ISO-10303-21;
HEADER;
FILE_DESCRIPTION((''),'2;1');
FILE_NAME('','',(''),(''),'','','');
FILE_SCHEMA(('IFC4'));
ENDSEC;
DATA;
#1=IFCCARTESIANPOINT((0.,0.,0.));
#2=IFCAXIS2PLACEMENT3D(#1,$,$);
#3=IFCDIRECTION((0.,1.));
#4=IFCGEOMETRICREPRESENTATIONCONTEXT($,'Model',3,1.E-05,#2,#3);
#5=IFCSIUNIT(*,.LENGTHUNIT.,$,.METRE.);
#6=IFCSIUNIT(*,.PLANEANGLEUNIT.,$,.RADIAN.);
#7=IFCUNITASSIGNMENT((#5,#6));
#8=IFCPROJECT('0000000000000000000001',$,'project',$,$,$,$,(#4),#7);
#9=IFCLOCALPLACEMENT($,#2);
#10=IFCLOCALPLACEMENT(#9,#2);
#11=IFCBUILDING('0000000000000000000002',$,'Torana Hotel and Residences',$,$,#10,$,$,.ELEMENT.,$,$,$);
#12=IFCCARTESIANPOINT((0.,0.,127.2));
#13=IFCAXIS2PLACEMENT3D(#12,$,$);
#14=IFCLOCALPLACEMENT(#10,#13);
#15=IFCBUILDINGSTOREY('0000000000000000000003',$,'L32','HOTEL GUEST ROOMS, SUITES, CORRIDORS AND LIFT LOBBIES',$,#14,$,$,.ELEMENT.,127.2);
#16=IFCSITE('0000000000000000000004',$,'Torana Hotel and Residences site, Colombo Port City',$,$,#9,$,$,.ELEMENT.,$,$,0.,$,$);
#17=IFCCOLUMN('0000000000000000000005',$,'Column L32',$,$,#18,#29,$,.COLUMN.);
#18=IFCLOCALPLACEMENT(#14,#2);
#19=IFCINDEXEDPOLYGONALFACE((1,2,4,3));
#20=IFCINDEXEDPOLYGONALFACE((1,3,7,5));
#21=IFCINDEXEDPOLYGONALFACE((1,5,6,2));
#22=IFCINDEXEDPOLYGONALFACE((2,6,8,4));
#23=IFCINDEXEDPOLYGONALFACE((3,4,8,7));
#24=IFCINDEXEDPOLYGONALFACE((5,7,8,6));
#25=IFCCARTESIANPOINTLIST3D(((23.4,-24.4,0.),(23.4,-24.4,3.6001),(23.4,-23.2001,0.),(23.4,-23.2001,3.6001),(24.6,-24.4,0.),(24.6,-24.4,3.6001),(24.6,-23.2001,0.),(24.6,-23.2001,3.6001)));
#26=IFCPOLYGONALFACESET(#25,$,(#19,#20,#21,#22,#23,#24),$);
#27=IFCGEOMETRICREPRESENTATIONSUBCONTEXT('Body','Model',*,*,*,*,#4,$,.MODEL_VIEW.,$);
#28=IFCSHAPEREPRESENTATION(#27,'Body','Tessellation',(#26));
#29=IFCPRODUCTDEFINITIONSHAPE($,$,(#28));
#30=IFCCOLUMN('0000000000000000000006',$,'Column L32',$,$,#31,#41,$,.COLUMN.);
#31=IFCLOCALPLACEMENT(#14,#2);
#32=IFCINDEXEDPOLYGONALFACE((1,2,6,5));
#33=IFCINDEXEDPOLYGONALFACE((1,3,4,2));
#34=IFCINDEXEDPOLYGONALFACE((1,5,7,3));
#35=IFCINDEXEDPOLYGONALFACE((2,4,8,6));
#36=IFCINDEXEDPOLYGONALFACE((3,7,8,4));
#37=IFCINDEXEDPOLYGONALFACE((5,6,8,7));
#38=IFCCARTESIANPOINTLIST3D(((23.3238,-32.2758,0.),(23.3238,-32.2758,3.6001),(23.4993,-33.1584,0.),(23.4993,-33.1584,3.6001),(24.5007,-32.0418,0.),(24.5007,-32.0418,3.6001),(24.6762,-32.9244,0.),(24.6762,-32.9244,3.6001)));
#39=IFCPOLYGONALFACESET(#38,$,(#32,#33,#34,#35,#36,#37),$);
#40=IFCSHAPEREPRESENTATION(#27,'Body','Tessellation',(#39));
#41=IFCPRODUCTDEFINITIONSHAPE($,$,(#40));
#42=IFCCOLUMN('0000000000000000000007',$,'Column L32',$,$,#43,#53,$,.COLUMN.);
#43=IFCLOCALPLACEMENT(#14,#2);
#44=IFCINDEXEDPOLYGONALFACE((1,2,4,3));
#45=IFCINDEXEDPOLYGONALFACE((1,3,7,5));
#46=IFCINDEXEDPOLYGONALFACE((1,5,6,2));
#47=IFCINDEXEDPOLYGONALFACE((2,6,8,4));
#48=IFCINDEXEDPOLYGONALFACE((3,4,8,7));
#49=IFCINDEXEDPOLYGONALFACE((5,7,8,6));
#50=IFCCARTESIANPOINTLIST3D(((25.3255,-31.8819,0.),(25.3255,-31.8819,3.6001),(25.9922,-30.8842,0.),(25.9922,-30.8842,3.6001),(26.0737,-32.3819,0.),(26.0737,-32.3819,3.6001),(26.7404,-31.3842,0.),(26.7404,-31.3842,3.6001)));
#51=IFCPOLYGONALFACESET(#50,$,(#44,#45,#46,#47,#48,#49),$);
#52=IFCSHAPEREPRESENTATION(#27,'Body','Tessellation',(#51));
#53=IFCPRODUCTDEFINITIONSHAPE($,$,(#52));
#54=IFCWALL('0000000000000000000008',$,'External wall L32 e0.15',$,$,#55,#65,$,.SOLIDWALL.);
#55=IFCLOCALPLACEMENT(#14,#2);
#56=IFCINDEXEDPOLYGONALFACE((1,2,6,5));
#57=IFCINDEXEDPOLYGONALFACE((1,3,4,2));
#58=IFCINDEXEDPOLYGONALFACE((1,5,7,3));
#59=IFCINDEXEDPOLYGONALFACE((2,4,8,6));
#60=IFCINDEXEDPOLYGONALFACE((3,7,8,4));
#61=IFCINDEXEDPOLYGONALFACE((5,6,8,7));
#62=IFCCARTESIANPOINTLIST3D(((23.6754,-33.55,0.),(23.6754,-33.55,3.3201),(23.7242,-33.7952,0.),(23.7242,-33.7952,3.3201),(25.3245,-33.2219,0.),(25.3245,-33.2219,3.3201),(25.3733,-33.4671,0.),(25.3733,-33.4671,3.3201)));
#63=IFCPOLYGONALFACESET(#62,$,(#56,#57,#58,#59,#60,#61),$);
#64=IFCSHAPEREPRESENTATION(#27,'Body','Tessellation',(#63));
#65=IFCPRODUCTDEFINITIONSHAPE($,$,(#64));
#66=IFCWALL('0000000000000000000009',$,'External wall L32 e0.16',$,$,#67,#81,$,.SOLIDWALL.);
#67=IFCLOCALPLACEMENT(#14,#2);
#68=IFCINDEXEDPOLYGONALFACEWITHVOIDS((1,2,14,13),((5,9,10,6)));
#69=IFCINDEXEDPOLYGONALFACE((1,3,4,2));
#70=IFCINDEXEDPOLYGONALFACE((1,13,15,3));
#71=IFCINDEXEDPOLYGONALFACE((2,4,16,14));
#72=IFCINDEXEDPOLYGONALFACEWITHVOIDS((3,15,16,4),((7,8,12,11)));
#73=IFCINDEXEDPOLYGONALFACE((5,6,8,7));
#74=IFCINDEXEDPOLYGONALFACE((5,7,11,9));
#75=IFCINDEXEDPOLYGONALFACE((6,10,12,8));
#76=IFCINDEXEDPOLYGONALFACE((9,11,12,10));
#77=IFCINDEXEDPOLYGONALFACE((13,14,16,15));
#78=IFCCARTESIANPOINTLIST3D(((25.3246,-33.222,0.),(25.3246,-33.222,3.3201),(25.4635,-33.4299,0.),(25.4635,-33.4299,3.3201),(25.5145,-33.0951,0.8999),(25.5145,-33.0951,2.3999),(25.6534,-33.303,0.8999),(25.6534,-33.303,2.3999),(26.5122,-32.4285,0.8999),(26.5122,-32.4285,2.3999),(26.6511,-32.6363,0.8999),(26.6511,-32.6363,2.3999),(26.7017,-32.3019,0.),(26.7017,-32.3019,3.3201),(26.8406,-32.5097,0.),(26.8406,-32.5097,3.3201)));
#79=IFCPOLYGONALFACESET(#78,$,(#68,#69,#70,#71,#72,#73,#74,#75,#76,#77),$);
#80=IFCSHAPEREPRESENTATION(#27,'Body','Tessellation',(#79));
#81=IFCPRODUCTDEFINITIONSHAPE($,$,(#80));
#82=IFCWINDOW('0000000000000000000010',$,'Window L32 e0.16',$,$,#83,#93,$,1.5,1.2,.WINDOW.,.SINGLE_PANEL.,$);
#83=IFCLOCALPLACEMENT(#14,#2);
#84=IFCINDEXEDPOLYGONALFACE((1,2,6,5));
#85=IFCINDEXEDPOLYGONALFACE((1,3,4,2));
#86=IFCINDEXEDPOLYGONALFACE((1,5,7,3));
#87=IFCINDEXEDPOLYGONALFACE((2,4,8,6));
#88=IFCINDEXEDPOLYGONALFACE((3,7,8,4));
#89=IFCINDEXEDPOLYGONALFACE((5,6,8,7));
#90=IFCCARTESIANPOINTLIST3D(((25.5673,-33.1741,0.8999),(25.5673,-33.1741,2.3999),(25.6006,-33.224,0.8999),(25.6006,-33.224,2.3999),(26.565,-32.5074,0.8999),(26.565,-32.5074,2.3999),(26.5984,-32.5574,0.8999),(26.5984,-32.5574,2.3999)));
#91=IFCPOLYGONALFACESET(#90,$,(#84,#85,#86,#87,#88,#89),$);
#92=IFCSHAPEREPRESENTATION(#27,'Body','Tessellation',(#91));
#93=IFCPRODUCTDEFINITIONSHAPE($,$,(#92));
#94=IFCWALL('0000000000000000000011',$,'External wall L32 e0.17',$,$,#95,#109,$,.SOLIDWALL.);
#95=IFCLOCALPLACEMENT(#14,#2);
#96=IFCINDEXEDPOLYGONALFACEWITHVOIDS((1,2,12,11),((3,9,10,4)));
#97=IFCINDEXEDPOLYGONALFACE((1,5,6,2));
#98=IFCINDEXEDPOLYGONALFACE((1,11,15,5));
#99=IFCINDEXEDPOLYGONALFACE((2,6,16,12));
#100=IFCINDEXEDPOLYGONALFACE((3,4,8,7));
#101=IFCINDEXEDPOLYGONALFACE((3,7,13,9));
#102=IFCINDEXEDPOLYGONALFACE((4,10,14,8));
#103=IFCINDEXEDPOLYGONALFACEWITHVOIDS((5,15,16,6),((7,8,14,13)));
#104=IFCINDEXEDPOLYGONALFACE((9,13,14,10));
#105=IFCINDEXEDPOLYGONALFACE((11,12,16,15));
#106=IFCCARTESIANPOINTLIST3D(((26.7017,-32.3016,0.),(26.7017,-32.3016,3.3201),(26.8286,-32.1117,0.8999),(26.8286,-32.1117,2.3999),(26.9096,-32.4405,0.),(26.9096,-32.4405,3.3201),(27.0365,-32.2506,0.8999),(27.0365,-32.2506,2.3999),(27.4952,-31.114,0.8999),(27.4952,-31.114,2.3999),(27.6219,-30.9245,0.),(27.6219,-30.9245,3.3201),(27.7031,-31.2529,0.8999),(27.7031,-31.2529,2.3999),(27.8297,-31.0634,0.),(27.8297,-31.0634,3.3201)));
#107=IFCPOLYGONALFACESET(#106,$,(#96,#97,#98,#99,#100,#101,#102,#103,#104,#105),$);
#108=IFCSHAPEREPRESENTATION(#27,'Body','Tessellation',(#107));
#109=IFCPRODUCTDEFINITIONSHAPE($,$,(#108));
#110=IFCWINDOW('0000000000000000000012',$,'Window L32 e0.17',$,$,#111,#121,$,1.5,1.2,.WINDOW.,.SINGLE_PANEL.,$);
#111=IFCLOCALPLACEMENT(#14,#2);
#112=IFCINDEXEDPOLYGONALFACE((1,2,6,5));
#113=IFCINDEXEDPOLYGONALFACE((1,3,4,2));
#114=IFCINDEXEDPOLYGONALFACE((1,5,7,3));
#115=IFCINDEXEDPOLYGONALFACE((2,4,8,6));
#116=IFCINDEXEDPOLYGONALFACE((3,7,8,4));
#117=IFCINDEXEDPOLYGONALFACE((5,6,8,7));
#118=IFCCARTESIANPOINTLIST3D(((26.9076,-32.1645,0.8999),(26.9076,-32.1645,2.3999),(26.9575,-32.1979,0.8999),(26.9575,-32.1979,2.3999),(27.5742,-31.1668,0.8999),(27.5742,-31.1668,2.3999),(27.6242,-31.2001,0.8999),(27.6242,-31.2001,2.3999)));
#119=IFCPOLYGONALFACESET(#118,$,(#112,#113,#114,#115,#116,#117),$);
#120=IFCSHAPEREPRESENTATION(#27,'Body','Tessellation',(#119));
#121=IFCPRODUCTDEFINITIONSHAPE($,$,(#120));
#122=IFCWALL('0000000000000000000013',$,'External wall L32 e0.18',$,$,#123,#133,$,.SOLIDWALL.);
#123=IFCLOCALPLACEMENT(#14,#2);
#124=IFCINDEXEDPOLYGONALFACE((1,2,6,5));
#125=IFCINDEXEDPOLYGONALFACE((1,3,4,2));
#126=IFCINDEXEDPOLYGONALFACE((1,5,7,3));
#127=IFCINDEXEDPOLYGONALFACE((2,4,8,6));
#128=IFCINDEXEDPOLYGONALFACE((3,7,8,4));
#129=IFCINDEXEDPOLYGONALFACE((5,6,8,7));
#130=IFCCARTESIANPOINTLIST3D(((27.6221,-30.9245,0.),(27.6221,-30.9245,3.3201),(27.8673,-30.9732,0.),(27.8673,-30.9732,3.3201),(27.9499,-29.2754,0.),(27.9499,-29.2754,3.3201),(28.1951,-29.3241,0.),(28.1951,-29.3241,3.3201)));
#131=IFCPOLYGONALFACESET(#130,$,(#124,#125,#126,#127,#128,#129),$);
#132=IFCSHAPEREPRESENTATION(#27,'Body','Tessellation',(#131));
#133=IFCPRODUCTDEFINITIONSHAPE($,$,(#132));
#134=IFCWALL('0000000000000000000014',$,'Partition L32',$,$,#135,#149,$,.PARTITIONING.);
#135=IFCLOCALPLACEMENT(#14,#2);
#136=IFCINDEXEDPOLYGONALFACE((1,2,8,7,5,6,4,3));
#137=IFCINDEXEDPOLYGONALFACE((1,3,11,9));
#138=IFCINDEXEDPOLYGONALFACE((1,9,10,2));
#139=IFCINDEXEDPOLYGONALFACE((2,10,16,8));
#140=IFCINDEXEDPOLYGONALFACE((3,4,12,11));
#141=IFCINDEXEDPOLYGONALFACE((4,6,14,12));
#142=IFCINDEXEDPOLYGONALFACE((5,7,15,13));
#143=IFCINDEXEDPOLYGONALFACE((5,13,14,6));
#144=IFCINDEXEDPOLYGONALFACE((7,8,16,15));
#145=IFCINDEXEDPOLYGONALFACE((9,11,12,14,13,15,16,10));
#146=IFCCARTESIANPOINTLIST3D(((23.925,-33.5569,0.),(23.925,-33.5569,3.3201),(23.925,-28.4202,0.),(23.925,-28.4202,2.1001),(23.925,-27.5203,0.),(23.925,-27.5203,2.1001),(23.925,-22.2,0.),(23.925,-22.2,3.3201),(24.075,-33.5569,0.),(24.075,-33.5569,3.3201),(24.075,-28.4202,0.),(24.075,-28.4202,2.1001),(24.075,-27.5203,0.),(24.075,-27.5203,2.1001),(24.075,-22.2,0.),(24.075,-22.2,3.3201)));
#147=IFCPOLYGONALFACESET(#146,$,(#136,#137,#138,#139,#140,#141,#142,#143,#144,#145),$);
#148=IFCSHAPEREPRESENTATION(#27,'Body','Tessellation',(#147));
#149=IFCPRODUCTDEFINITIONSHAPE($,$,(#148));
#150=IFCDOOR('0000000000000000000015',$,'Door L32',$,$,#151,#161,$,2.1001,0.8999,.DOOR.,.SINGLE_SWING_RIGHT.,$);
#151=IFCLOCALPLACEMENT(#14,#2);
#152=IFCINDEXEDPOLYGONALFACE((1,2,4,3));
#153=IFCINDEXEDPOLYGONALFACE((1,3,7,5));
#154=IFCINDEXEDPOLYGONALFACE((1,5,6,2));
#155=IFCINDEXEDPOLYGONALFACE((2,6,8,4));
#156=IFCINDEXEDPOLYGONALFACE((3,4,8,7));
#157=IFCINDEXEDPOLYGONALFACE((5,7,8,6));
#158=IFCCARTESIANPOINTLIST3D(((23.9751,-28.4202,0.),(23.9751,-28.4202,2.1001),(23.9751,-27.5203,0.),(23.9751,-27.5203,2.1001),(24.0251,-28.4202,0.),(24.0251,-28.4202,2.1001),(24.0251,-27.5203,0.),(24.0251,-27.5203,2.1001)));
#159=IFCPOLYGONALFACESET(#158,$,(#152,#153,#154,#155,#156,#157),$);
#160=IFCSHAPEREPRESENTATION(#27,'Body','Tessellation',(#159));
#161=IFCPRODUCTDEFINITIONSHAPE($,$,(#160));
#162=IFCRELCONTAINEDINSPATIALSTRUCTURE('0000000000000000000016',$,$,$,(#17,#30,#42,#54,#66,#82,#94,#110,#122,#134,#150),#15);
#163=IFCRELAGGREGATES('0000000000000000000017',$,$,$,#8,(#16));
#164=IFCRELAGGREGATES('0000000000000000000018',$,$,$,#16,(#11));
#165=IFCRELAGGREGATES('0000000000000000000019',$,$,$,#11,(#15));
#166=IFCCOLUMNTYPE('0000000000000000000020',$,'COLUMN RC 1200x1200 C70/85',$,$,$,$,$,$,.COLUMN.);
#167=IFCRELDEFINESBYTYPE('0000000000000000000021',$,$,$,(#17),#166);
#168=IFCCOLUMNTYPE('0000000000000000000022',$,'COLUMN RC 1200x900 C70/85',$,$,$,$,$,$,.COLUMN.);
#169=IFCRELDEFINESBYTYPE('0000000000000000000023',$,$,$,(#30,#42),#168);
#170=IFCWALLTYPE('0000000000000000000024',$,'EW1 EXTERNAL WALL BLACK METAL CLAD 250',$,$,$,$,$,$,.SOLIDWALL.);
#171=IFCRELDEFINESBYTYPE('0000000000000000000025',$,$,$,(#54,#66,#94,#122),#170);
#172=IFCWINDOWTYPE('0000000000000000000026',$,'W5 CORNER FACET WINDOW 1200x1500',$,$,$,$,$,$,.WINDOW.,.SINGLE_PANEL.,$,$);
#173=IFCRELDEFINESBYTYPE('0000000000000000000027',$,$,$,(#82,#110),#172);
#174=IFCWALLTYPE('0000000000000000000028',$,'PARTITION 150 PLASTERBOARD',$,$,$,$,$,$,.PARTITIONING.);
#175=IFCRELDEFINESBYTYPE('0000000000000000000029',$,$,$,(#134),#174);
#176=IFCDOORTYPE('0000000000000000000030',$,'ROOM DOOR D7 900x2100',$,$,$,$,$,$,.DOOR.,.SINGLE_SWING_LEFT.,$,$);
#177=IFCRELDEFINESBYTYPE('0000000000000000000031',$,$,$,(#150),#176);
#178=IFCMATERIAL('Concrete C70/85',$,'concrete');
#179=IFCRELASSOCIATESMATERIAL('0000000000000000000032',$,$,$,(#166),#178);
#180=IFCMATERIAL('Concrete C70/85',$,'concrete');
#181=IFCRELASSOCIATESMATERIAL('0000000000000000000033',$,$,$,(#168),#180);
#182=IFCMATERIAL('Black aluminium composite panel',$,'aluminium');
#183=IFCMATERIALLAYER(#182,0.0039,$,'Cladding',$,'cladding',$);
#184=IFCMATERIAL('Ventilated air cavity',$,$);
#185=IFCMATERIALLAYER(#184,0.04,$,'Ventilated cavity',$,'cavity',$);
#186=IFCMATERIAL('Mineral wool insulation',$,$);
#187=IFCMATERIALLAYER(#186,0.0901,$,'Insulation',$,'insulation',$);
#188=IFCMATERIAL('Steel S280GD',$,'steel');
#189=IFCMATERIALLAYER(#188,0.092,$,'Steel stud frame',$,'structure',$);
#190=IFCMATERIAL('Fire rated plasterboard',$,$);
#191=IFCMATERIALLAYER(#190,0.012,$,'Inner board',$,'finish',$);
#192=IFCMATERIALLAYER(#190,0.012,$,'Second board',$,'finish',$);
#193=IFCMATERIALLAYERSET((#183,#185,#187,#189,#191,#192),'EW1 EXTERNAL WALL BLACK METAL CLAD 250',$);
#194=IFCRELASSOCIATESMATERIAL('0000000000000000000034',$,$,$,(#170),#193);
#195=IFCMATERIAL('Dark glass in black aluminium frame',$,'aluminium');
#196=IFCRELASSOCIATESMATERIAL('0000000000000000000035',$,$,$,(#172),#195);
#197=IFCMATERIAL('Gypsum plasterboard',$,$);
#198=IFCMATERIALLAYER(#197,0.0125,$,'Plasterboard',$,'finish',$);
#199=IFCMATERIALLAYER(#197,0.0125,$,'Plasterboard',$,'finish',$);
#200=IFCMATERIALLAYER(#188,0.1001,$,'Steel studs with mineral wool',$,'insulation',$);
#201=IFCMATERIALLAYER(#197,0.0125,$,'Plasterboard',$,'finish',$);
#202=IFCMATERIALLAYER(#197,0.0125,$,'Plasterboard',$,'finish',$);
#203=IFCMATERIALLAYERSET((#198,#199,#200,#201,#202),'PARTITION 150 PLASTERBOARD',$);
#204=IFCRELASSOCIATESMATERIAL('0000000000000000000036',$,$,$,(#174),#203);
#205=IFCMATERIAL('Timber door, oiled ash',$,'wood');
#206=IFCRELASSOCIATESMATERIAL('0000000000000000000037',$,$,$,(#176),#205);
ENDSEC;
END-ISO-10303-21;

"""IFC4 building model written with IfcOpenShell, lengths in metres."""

from ifc_helpers import new_model, si_unit, direction, frame, frame_2d, origin, origin_2d, place, context, subcontext, project, spatial, rectangle, extrude, material, layer, layer_set, material_profile, profile_set, type_object, element, fill, save


model = new_model("IFC4")

# Units and contexts
model_context = context("Model", 3, precision=1e-05, world=origin(), true_north=direction((0.0, 1.0)))
body_context = subcontext(model_context, "Body", "Model", "MODEL_VIEW")
ifc_project = project(units=[si_unit("LENGTHUNIT", "METRE"), si_unit("PLANEANGLEUNIT", "RADIAN")], contexts=[model_context])

# Site, building, storey
site_placement = place(None, origin())
site = spatial("IfcSite", under=ifc_project, at=site_placement, Name="Torana Hotel and Residences site, Colombo Port City", CompositionType="ELEMENT", RefElevation=0.0)
building_placement = place(site_placement, origin())
building = spatial("IfcBuilding", under=site, at=building_placement, Name="Torana Hotel and Residences", CompositionType="ELEMENT")
storey_placement = place(building_placement, frame((0.0, 0.0, 127.2)))
storey = spatial("IfcBuildingStorey", under=building, at=storey_placement, Name="L32", Description="HOTEL GUEST ROOMS, SUITES, CORRIDORS AND LIFT LOBBIES", CompositionType="ELEMENT", Elevation=127.2)

# Columns
ifc_material_1 = material(Name="Concrete C70/85", Category="concrete")
ifc_material_profile_1 = material_profile(ifc_material_1, rectangle(XDim=1.2, YDim=1.2, at=origin_2d()), Name="RC 1200x1200")
ifc_profile_set_1 = profile_set([ifc_material_profile_1], Name="Concrete C70/85")
column_type_1 = type_object("IfcColumnType", Name="COLUMN RC 1200x1200 C70/85", PredefinedType="COLUMN", material=ifc_profile_set_1)
column_placement = place(storey_placement, frame((24.0, -23.8, 0.0), z_axis=(0.0, 0.0, 1.0), x_axis=(1.0, 0.0, 0.0)))
element("IfcColumn", 1, at=column_placement, inside=storey, type_object=column_type_1, Name="Column L32", PredefinedType="COLUMN", context=body_context, shape_type="SweptSolid", body=[
    extrude(rectangle(XDim=1.2, YDim=1.2, at=origin_2d()), origin(), (0.0, 0.0, 1.0), 3.6001),
])
ifc_material_2 = material(Name="Concrete C70/85", Category="concrete")
ifc_material_profile_2 = material_profile(ifc_material_2, rectangle(XDim=1.2, YDim=0.8999, at=origin_2d()), Name="RC 1200x900")
ifc_profile_set_2 = profile_set([ifc_material_profile_2], Name="Concrete C70/85")
column_type_2 = type_object("IfcColumnType", Name="COLUMN RC 1200x900 C70/85", PredefinedType="COLUMN", material=ifc_profile_set_2)
for number, where, z_axis, x_axis, name in (
    (2, (24.0, -32.6001, 0.0), (0.0, 0.0, 1.0), (0.980792, 0.195056, 0.0), "Column L32"),
    (3, (26.033, -31.6331, 0.0), (0.0, 0.0, 1.0), (0.555585, 0.83146, 0.0), "Column L32"),
):
    element("IfcColumn", number, at=place(storey_placement, frame(where, z_axis=z_axis, x_axis=x_axis)), inside=storey, type_object=column_type_2, Name=name, PredefinedType="COLUMN", context=body_context, shape_type="SweptSolid", body=[
        extrude(rectangle(XDim=1.2, YDim=0.8999, at=origin_2d()), origin(), (0.0, 0.0, 1.0), 3.6001),
    ])

# Wall
ifc_material_3 = material(Name="Black aluminium composite panel", Category="aluminium")
ifc_layer_1 = layer(ifc_material_3, 0.0039, Name="Cladding", Category="cladding")
ifc_material_4 = material(Name="Ventilated air cavity")
ifc_layer_2 = layer(ifc_material_4, 0.04, Name="Ventilated cavity", Category="cavity")
ifc_material_5 = material(Name="Mineral wool insulation")
ifc_layer_3 = layer(ifc_material_5, 0.0901, Name="Insulation", Category="insulation")
ifc_material_6 = material(Name="Steel S280GD", Category="steel")
ifc_layer_4 = layer(ifc_material_6, 0.092, Name="Steel stud frame", Category="structure")
ifc_material_7 = material(Name="Fire rated plasterboard")
ifc_layer_5 = layer(ifc_material_7, 0.012, Name="Inner board", Category="finish")
ifc_layer_6 = layer(ifc_material_7, 0.012, Name="Second board", Category="finish")
ifc_layer_set_1 = layer_set([ifc_layer_1, ifc_layer_2, ifc_layer_3, ifc_layer_4, ifc_layer_5, ifc_layer_6], Name="EW1 EXTERNAL WALL BLACK METAL CLAD 250")
wall_type_1 = type_object("IfcWallType", Name="EW1 EXTERNAL WALL BLACK METAL CLAD 250", PredefinedType="SOLIDWALL", material=ifc_layer_set_1)
wall_1_placement = place(storey_placement, frame((23.6997, -33.6726, 0.0), z_axis=(0.0, 0.0, 1.0), x_axis=(0.980776, 0.195139, 0.0)))
element("IfcWall", 4, at=wall_1_placement, inside=storey, type_object=wall_type_1, Name="External wall L32 e0.15", PredefinedType="SOLIDWALL", context=body_context, shape_type="SweptSolid", body=[
    extrude(rectangle(XDim=1.6814, YDim=0.25, at=frame_2d((0.8408, 0.0))), origin(), (0.0, 0.0, 1.0), 3.3201),
])

# Walls, openings, windows
wall_2_placement = place(storey_placement, frame((25.394, -33.3259, 0.0), z_axis=(0.0, 0.0, 1.0), x_axis=(0.831483, 0.55555, 0.0)))
wall_2 = element("IfcWall", 5, at=wall_2_placement, inside=storey, type_object=wall_type_1, Name="External wall L32 e0.16", PredefinedType="SOLIDWALL", context=body_context, shape_type="SweptSolid", body=[
    extrude(rectangle(XDim=1.6562, YDim=0.25, at=frame_2d((0.8281, 0.0))), origin(), (0.0, 0.0, 1.0), 3.3201),
])
opening_1_placement = place(wall_2_placement, frame((0.2283, 0.0, 0.8999)))
opening_1 = element("IfcOpeningElement", 6, at=opening_1_placement, cuts=wall_2, PredefinedType="OPENING", context=body_context, shape_type="SweptSolid", body=[
    extrude(rectangle(XDim=1.2, YDim=1.5, at=frame_2d((0.6001, 0.75))), frame((0.0, 0.135, 0.0), z_axis=(0.0, -1.0, 0.0), x_axis=(1.0, 0.0, 0.0)), (0.0, 0.0, 1.0), 0.27),
])
ifc_material_8 = material(Name="Dark glass in black aluminium frame", Category="aluminium")
window_type_1 = type_object("IfcWindowType", Name="W5 CORNER FACET WINDOW 1200x1500", PartitioningType="SINGLE_PANEL", PredefinedType="WINDOW", material=ifc_material_8)
window_1_placement = place(opening_1_placement, origin())
window_1 = element("IfcWindow", 7, at=window_1_placement, inside=storey, type_object=window_type_1, Name="Window L32 e0.16", OverallHeight=1.5, OverallWidth=1.2, PartitioningType="SINGLE_PANEL", PredefinedType="WINDOW", context=body_context, shape_type="SweptSolid", body=[
    extrude(rectangle(XDim=1.2, YDim=1.5, at=frame_2d((0.6001, 0.75))), frame((0.0, 0.03, 0.0), z_axis=(0.0, -1.0, 0.0), x_axis=(1.0, 0.0, 0.0)), (0.0, 0.0, 1.0), 0.0601),
])
fill(opening_1, window_1)
wall_3_placement = place(storey_placement, frame((26.8057, -32.3711, 0.0), z_axis=(0.0, 0.0, 1.0), x_axis=(0.55555, 0.831483, 0.0)))
wall_3 = element("IfcWall", 8, at=wall_3_placement, inside=storey, type_object=wall_type_1, Name="External wall L32 e0.17", PredefinedType="SOLIDWALL", context=body_context, shape_type="SweptSolid", body=[
    extrude(rectangle(XDim=1.6562, YDim=0.25, at=frame_2d((0.8281, 0.0))), origin(), (0.0, 0.0, 1.0), 3.3201),
])
opening_2_placement = place(wall_3_placement, frame((0.2283, 0.0, 0.8999)))
opening_2 = element("IfcOpeningElement", 9, at=opening_2_placement, cuts=wall_3, PredefinedType="OPENING", context=body_context, shape_type="SweptSolid", body=[
    extrude(rectangle(XDim=1.2, YDim=1.5, at=frame_2d((0.6001, 0.75))), frame((0.0, 0.135, 0.0), z_axis=(0.0, -1.0, 0.0), x_axis=(1.0, 0.0, 0.0)), (0.0, 0.0, 1.0), 0.27),
])
window_2_placement = place(opening_2_placement, origin())
window_2 = element("IfcWindow", 10, at=window_2_placement, inside=storey, type_object=window_type_1, Name="Window L32 e0.17", OverallHeight=1.5, OverallWidth=1.2, PartitioningType="SINGLE_PANEL", PredefinedType="WINDOW", context=body_context, shape_type="SweptSolid", body=[
    extrude(rectangle(XDim=1.2, YDim=1.5, at=frame_2d((0.6001, 0.75))), frame((0.0, 0.03, 0.0), z_axis=(0.0, -1.0, 0.0), x_axis=(1.0, 0.0, 0.0)), (0.0, 0.0, 1.0), 0.0601),
])
fill(opening_2, window_2)

# Wall
wall_4_placement = place(storey_placement, frame((27.7446, -30.949, 0.0), z_axis=(0.0, 0.0, 1.0), x_axis=(0.194999, 0.980803, 0.0)))
element("IfcWall", 11, at=wall_4_placement, inside=storey, type_object=wall_type_1, Name="External wall L32 e0.18", PredefinedType="SOLIDWALL", context=body_context, shape_type="SweptSolid", body=[
    extrude(rectangle(XDim=1.6814, YDim=0.25, at=frame_2d((0.8408, 0.0))), origin(), (0.0, 0.0, 1.0), 3.3201),
])

# Wall, opening, door
ifc_material_9 = material(Name="Gypsum plasterboard")
ifc_layer_7 = layer(ifc_material_9, 0.0125, Name="Plasterboard", Category="finish")
ifc_layer_8 = layer(ifc_material_9, 0.0125, Name="Plasterboard", Category="finish")
ifc_layer_9 = layer(ifc_material_6, 0.1001, Name="Steel studs with mineral wool", Category="insulation")
ifc_layer_10 = layer(ifc_material_9, 0.0125, Name="Plasterboard", Category="finish")
ifc_layer_11 = layer(ifc_material_9, 0.0125, Name="Plasterboard", Category="finish")
ifc_layer_set_2 = layer_set([ifc_layer_7, ifc_layer_8, ifc_layer_9, ifc_layer_10, ifc_layer_11], Name="PARTITION 150 PLASTERBOARD")
wall_type_2 = type_object("IfcWallType", Name="PARTITION 150 PLASTERBOARD", PredefinedType="PARTITIONING", material=ifc_layer_set_2)
wall_5_placement = place(storey_placement, frame((24.0, -33.5569, 0.0), z_axis=(0.0, 0.0, 1.0), x_axis=(0.0, 1.0, 0.0)))
wall_5 = element("IfcWall", 12, at=wall_5_placement, inside=storey, type_object=wall_type_2, Name="Partition L32", PredefinedType="PARTITIONING", context=body_context, shape_type="SweptSolid", body=[
    extrude(rectangle(XDim=11.3569, YDim=0.1499, at=frame_2d((5.6785, 0.0))), origin(), (0.0, 0.0, 1.0), 3.3201),
])
opening_3_placement = place(wall_5_placement, frame((5.1367, 0.0, 0.0)))
opening_3 = element("IfcOpeningElement", 13, at=opening_3_placement, cuts=wall_5, PredefinedType="OPENING", context=body_context, shape_type="SweptSolid", body=[
    extrude(rectangle(XDim=0.8999, YDim=2.1001, at=frame_2d((0.45, 1.05))), frame((0.0, 0.085, 0.0), z_axis=(0.0, -1.0, 0.0), x_axis=(1.0, 0.0, 0.0)), (0.0, 0.0, 1.0), 0.1699),
])
ifc_material_10 = material(Name="Timber door, oiled ash", Category="wood")
door_type_1 = type_object("IfcDoorType", Name="ROOM DOOR D7 900x2100", OperationType="SINGLE_SWING_LEFT", PredefinedType="DOOR", material=ifc_material_10)
door_1_placement = place(opening_3_placement, origin())
door_1 = element("IfcDoor", 14, at=door_1_placement, inside=storey, type_object=door_type_1, Name="Door L32", OperationType="SINGLE_SWING_RIGHT", OverallHeight=2.1001, OverallWidth=0.8999, PredefinedType="DOOR", context=body_context, shape_type="SweptSolid", body=[
    extrude(rectangle(XDim=0.8999, YDim=2.1001, at=frame_2d((0.45, 1.05))), frame((0.0, 0.0249, 0.0), z_axis=(0.0, -1.0, 0.0), x_axis=(1.0, 0.0, 0.0)), (0.0, 0.0, 1.0), 0.05),
])
fill(opening_3, door_1)

save(model, "model.ifc")
